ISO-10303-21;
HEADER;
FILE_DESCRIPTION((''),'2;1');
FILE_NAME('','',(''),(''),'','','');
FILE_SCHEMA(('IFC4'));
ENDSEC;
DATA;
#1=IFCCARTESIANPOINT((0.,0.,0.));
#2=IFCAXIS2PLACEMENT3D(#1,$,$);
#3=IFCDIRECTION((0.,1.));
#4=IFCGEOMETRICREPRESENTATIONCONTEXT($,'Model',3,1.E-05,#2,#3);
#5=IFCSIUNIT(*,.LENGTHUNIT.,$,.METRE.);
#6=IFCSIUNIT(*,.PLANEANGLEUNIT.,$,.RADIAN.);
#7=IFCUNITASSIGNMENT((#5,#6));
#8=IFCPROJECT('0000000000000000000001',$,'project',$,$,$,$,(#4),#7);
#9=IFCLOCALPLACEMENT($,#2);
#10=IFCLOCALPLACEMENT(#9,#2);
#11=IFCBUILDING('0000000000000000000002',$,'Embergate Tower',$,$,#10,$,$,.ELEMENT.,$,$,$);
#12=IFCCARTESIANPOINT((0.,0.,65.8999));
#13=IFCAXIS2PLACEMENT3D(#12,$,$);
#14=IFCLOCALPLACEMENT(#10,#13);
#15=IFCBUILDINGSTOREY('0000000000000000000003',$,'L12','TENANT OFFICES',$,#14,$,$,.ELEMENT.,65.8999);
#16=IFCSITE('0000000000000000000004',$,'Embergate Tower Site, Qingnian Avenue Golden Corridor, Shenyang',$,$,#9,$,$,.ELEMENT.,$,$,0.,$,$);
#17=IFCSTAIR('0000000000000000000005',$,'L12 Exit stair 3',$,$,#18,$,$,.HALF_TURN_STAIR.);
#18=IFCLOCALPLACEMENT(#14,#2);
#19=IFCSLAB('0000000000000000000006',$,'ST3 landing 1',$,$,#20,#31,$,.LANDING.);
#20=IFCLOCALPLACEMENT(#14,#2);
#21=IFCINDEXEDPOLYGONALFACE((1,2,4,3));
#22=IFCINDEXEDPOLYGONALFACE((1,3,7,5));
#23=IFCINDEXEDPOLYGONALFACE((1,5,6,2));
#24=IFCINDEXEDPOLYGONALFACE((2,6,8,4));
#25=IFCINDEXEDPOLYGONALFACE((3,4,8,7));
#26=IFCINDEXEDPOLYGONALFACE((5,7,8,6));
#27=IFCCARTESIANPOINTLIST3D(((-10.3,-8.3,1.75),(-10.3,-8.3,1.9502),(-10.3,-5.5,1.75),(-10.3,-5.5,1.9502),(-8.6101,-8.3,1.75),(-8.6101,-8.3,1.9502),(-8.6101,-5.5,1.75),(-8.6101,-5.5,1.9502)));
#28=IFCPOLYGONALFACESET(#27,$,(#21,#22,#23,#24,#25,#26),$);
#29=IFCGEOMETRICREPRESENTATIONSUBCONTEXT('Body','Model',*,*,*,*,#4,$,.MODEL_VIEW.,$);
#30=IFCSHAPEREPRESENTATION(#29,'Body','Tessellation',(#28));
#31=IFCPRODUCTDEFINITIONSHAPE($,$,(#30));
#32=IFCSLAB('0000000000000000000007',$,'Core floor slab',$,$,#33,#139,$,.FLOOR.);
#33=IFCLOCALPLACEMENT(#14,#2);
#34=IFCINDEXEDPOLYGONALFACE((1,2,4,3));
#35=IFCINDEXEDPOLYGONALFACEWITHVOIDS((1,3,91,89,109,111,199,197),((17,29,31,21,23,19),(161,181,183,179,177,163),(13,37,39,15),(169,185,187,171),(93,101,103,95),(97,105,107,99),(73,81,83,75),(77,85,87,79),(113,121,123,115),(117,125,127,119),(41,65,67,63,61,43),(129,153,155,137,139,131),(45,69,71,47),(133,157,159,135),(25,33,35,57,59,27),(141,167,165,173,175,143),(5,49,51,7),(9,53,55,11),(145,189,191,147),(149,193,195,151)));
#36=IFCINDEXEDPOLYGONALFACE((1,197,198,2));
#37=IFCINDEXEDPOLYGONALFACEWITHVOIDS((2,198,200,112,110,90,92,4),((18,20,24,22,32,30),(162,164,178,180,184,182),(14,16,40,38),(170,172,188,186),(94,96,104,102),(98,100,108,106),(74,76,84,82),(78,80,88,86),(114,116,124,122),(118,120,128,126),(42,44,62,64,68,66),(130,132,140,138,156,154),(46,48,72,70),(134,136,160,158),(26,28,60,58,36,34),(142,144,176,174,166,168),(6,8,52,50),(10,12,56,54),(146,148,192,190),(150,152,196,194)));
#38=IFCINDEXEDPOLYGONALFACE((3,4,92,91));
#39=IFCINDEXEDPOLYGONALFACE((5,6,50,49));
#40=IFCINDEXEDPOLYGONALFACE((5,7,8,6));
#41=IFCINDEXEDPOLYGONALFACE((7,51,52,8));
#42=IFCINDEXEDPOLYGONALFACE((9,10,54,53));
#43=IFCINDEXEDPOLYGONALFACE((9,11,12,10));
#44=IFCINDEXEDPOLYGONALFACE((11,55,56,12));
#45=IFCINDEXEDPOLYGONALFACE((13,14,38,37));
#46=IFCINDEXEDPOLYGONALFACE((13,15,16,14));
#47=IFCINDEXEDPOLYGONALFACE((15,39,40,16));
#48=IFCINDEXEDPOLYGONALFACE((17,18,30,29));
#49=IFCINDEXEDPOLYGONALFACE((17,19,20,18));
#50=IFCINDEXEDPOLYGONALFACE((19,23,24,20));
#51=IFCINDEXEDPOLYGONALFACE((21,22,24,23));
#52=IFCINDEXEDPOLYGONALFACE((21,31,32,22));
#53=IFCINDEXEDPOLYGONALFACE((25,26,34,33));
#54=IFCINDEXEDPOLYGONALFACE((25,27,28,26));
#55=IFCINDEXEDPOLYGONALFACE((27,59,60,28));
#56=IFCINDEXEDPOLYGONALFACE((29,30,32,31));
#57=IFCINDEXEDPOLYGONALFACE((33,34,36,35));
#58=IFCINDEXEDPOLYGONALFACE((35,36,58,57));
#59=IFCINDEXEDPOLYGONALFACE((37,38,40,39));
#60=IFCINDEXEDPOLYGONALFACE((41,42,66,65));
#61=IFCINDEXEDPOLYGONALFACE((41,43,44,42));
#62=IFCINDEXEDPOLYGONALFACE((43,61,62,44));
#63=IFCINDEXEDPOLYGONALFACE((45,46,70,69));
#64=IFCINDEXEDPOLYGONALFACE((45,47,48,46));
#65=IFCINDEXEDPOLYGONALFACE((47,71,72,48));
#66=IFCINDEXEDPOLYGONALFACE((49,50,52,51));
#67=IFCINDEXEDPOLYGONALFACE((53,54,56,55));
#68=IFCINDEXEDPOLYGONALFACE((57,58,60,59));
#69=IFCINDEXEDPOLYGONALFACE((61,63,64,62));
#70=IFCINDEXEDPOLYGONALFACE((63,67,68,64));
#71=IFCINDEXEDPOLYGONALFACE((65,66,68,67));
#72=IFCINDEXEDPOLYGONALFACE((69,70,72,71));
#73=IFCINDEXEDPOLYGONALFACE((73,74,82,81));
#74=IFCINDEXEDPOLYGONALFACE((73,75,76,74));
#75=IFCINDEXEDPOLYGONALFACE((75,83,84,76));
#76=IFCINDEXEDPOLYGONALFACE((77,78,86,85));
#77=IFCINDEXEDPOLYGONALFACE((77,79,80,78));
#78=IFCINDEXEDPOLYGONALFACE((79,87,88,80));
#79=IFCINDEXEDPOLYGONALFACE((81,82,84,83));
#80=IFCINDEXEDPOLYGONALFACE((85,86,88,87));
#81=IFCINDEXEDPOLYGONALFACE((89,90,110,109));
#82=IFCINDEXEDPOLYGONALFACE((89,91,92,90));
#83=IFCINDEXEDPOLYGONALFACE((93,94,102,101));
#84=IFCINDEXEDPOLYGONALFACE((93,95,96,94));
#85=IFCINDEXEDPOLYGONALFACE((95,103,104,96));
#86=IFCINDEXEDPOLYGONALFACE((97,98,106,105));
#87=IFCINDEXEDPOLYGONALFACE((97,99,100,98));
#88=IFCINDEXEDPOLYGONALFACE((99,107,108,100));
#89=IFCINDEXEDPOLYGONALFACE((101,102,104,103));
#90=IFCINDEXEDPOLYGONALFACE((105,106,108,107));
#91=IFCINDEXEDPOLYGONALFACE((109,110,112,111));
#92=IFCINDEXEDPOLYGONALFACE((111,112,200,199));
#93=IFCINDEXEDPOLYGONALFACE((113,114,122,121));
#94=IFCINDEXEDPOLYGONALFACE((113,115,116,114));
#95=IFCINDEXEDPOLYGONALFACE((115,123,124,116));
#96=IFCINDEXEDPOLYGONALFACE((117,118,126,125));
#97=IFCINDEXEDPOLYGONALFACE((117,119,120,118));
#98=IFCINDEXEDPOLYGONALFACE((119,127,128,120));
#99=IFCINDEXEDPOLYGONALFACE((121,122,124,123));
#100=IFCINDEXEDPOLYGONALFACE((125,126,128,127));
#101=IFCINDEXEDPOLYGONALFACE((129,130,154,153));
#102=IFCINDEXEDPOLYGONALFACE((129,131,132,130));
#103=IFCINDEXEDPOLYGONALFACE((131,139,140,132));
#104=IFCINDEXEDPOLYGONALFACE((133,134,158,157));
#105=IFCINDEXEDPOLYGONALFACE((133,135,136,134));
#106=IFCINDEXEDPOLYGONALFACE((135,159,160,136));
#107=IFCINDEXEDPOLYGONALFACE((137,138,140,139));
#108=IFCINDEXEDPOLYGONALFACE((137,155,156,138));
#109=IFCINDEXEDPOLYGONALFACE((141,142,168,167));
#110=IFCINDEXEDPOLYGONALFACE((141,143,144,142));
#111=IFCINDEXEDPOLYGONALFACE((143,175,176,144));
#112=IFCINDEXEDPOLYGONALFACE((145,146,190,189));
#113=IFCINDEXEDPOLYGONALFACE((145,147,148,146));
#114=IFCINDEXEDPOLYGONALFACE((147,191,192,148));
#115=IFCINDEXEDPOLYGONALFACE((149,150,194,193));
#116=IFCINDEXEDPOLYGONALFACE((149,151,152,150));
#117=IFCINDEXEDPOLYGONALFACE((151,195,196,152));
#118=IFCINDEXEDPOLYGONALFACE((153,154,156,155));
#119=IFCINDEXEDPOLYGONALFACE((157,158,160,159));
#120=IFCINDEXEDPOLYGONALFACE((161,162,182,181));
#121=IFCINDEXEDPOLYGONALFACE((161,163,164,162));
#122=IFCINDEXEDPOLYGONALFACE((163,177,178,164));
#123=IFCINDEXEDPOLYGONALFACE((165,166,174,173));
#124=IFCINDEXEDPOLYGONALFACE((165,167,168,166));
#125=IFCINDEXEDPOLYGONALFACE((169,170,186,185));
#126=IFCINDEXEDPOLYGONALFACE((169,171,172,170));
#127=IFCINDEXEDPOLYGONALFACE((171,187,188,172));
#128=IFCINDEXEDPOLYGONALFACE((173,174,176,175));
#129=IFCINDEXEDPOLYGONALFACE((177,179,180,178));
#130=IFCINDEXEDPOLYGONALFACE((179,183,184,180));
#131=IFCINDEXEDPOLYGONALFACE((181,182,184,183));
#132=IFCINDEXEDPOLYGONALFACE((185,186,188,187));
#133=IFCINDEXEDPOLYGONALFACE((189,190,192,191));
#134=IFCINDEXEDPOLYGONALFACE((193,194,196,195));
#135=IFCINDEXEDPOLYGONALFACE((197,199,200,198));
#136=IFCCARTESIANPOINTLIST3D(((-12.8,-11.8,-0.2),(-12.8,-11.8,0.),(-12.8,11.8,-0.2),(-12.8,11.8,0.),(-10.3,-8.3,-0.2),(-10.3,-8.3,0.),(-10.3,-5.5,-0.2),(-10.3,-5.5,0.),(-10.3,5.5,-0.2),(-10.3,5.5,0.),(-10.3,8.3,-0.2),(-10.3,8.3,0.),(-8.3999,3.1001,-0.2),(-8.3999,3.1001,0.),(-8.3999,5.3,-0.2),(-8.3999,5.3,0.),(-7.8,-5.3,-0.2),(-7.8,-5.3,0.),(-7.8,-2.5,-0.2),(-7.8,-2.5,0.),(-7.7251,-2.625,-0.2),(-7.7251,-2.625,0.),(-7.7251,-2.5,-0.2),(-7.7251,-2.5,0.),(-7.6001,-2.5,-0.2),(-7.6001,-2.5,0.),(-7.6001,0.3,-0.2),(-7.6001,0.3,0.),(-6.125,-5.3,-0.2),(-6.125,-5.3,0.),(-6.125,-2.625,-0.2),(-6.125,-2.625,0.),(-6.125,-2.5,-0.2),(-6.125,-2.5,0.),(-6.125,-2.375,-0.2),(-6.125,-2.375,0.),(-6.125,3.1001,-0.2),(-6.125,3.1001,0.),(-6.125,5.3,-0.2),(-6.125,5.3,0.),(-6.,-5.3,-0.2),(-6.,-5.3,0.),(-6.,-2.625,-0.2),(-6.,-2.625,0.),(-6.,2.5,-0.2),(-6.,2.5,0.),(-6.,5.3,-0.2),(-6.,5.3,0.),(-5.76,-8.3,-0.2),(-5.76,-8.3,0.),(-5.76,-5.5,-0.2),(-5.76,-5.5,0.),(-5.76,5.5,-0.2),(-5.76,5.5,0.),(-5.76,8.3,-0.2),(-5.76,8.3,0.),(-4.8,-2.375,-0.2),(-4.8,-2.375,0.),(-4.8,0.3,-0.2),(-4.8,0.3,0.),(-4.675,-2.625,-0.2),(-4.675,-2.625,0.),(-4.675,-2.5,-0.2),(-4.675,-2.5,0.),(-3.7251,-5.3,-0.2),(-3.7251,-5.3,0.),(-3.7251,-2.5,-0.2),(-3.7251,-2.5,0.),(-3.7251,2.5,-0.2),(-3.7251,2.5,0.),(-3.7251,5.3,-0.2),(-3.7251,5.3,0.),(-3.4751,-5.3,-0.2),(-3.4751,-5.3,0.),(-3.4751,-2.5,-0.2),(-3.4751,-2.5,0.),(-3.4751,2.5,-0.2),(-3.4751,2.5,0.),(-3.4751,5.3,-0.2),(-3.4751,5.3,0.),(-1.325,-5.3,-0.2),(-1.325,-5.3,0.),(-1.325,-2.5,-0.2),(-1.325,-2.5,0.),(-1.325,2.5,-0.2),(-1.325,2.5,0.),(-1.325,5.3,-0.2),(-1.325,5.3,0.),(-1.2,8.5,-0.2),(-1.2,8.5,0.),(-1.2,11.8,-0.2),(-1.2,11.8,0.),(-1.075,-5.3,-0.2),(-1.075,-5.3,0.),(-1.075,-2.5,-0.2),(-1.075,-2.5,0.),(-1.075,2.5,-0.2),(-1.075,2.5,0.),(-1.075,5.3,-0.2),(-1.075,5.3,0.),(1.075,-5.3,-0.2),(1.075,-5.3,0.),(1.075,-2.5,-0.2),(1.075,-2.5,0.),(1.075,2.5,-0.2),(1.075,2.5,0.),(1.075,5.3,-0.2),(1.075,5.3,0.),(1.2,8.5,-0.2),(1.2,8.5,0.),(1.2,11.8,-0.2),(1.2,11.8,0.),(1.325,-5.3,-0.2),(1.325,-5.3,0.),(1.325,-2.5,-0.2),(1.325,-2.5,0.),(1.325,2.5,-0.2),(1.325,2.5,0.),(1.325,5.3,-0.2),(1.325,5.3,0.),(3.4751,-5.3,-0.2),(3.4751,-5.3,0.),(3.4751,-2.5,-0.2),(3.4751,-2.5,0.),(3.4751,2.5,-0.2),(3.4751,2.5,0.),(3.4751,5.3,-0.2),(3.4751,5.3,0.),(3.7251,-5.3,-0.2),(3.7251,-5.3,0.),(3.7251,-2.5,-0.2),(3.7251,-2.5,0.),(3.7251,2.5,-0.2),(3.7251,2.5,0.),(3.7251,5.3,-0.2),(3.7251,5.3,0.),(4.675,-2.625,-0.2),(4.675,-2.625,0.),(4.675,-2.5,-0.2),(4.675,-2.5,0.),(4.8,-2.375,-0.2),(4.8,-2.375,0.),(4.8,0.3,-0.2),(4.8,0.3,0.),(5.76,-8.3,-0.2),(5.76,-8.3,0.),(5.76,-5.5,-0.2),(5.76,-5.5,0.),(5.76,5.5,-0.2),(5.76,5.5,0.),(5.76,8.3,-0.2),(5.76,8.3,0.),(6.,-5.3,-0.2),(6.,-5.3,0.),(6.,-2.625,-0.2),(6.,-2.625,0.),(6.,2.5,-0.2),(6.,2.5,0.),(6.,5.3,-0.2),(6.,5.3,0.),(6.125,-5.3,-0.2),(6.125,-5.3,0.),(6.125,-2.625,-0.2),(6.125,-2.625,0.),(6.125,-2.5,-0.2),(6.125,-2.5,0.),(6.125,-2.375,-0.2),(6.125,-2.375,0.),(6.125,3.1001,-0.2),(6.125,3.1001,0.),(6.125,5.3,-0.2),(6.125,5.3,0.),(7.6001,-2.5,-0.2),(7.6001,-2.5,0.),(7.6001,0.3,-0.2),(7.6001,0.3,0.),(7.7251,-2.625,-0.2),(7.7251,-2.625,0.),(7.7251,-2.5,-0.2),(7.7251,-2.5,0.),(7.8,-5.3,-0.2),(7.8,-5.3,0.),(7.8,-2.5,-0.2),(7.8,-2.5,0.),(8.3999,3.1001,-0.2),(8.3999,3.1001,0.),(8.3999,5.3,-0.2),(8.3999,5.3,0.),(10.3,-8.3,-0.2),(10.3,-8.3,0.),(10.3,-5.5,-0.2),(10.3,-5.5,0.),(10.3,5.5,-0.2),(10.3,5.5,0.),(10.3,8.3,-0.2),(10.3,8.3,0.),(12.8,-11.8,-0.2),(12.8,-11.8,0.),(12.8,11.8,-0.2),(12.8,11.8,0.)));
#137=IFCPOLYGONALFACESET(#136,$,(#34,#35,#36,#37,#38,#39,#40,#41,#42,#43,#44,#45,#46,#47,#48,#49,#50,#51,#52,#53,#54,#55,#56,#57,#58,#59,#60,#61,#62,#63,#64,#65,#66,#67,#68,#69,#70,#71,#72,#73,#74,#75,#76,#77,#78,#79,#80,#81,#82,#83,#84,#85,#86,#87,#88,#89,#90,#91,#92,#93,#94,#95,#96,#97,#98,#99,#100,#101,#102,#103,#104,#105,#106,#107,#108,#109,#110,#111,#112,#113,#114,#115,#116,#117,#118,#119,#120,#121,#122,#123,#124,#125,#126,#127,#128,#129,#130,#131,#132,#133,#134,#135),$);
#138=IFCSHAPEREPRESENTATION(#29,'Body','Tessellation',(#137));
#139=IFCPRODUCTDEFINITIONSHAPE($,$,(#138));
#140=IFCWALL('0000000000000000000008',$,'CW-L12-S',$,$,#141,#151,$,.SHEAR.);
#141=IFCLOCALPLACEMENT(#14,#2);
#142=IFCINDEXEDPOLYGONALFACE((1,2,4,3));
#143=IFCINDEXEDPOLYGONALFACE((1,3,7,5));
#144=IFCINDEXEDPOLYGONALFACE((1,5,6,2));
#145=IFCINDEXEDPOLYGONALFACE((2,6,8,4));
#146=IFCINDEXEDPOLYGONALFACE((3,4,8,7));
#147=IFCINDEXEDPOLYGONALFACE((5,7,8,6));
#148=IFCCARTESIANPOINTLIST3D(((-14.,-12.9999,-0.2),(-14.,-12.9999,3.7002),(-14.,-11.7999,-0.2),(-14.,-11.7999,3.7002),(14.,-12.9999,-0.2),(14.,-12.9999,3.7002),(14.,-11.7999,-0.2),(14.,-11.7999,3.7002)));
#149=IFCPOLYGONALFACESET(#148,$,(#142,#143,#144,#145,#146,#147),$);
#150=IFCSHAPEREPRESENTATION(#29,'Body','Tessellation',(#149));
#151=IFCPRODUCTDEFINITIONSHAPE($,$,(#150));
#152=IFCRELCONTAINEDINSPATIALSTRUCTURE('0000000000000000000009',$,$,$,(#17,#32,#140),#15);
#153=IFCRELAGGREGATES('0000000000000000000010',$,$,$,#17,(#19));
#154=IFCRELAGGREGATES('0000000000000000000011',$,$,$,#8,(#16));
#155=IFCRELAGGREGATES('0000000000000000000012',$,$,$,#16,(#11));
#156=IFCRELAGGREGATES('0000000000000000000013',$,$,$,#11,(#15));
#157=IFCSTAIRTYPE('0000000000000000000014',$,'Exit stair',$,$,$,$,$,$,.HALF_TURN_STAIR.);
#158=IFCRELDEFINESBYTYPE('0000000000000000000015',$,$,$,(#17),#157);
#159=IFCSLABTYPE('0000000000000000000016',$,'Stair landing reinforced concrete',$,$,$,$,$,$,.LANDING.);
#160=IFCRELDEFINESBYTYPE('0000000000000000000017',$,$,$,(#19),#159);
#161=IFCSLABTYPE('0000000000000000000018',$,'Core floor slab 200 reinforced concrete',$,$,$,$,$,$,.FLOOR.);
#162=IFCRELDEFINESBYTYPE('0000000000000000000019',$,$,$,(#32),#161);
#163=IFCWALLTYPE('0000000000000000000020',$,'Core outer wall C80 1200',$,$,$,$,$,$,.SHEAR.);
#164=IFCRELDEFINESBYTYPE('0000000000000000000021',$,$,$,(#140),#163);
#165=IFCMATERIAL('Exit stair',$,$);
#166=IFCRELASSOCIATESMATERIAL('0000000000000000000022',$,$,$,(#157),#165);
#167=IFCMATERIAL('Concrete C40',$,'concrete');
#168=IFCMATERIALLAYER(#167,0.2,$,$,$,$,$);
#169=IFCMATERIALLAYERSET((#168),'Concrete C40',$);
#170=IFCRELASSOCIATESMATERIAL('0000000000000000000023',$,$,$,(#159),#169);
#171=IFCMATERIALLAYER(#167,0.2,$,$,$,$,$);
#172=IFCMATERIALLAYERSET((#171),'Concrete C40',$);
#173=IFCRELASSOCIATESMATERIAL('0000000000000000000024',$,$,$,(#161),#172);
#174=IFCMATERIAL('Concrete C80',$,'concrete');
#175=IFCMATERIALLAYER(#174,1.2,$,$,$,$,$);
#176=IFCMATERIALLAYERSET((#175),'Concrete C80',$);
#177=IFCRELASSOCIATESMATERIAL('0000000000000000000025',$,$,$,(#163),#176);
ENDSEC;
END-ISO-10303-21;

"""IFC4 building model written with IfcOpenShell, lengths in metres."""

from ifc_helpers import new_model, si_unit, direction, frame, frame_2d, origin, place, context, subcontext, project, spatial, polyline, rectangle, outline, extrude, source, transform, mapped, material, layer, layer_set, type_object, element, aggregate, save


model = new_model("IFC4")

# Units and contexts
model_context = context("Model", 3, precision=1e-05, world=origin(), true_north=direction((0.0, 1.0)))
body_context = subcontext(model_context, "Body", "Model", "MODEL_VIEW")
ifc_project = project(units=[si_unit("LENGTHUNIT", "METRE"), si_unit("PLANEANGLEUNIT", "RADIAN")], contexts=[model_context])

# Site, building, storey
site_placement = place(None, origin())
site = spatial("IfcSite", under=ifc_project, at=site_placement, Name="Embergate Tower Site, Qingnian Avenue Golden Corridor, Shenyang", CompositionType="ELEMENT", RefElevation=0.0)
building_placement = place(site_placement, origin())
building = spatial("IfcBuilding", under=site, at=building_placement, Name="Embergate Tower", CompositionType="ELEMENT")
storey_placement = place(building_placement, frame((0.0, 0.0, 65.8999)))
storey = spatial("IfcBuildingStorey", under=building, at=storey_placement, Name="L12", Description="TENANT OFFICES", CompositionType="ELEMENT", Elevation=65.8999)

# Stair, slab
ifc_material_1 = material(Name="Exit stair")
stair_type = type_object("IfcStairType", Name="Exit stair", PredefinedType="HALF_TURN_STAIR", material=ifc_material_1)
stair_placement = place(storey_placement, origin())
stair = element("IfcStair", 1, at=stair_placement, inside=storey, type_object=stair_type, Name="L12 Exit stair 3", PredefinedType="HALF_TURN_STAIR")
ifc_material_2 = material(Name="Concrete C40", Category="concrete")
ifc_layer_1 = layer(ifc_material_2, 0.2)
ifc_layer_set_1 = layer_set([ifc_layer_1], Name="Concrete C40")
slab_type_1 = type_object("IfcSlabType", Name="Stair landing reinforced concrete", PredefinedType="LANDING", material=ifc_layer_set_1)
shared_shape_1 = source(origin(), body_context, "Body", "SweptSolid", [
    extrude(outline(polyline([(0.0, 0.0), (1.6899, 0.0), (1.6899, 2.8), (0.0, 2.8), (0.0, 0.0)])), origin(), (0.0, 0.0, 1.0), 0.2002),
])
slab_1_placement = place(storey_placement, frame((-10.3, -8.3, 1.75)))
slab_1 = element("IfcSlab", 2, at=slab_1_placement, type_object=slab_type_1, Name="ST3 landing 1", PredefinedType="LANDING", context=body_context, shape_type="MappedRepresentation", body=[
    mapped(shared_shape_1, transform((0.0, 0.0, 0.0))),
])

# Slab
ifc_layer_2 = layer(ifc_material_2, 0.2)
ifc_layer_set_2 = layer_set([ifc_layer_2], Name="Concrete C40")
slab_type_2 = type_object("IfcSlabType", Name="Core floor slab 200 reinforced concrete", PredefinedType="FLOOR", material=ifc_layer_set_2)
shared_shape_2 = source(origin(), body_context, "Body", "SweptSolid", [
    extrude(outline(polyline([(0.0, 0.0), (25.6001, 0.0), (25.6001, 23.6001), (14.0, 23.6001), (14.0, 20.3), (11.6001, 20.3), (11.6001, 23.6001), (0.0, 23.6001), (0.0, 0.0)]), holes=[polyline([(2.5, 3.5), (2.5, 6.3), (7.04, 6.3), (7.04, 3.5), (2.5, 3.5)]), polyline([(18.5601, 3.5), (18.5601, 6.3), (23.1001, 6.3), (23.1001, 3.5), (18.5601, 3.5)]), polyline([(5.0, 6.5), (5.0, 9.3), (5.075, 9.3), (5.075, 9.175), (6.675, 9.175), (6.675, 6.5), (5.0, 6.5)]), polyline([(6.8, 6.5), (6.8, 9.175), (8.125, 9.175), (8.125, 9.3), (9.075, 9.3), (9.075, 6.5), (6.8, 6.5)]), polyline([(9.325, 6.5), (9.325, 9.3), (11.4751, 9.3), (11.4751, 6.5), (9.325, 6.5)]), polyline([(11.7251, 6.5), (11.7251, 9.3), (13.875, 9.3), (13.875, 6.5), (11.7251, 6.5)]), polyline([(14.125, 6.5), (14.125, 9.3), (16.2751, 9.3), (16.2751, 6.5), (14.125, 6.5)]), polyline([(16.5251, 6.5), (16.5251, 9.3), (17.4751, 9.3), (17.4751, 9.175), (18.8, 9.175), (18.8, 6.5), (16.5251, 6.5)]), polyline([(18.925, 6.5), (18.925, 9.175), (20.5251, 9.175), (20.5251, 9.3), (20.6001, 9.3), (20.6001, 6.5), (18.925, 6.5)]), polyline([(5.2, 9.3), (5.2, 12.1001), (8.0, 12.1001), (8.0, 9.425), (6.675, 9.425), (6.675, 9.3), (5.2, 9.3)]), polyline([(18.925, 9.3), (18.925, 9.425), (17.6001, 9.425), (17.6001, 12.1001), (20.4001, 12.1001), (20.4001, 9.3), (18.925, 9.3)]), polyline([(6.8, 14.3), (6.8, 17.1001), (9.075, 17.1001), (9.075, 14.3), (6.8, 14.3)]), polyline([(9.325, 14.3), (9.325, 17.1001), (11.4751, 17.1001), (11.4751, 14.3), (9.325, 14.3)]), polyline([(11.7251, 14.3), (11.7251, 17.1001), (13.875, 17.1001), (13.875, 14.3), (11.7251, 14.3)]), polyline([(14.125, 14.3), (14.125, 17.1001), (16.2751, 17.1001), (16.2751, 14.3), (14.125, 14.3)]), polyline([(16.5251, 14.3), (16.5251, 17.1001), (18.8, 17.1001), (18.8, 14.3), (16.5251, 14.3)]), polyline([(4.4001, 14.9001), (4.4001, 17.1001), (6.675, 17.1001), (6.675, 14.9001), (4.4001, 14.9001)]), polyline([(18.925, 14.9001), (18.925, 17.1001), (21.2, 17.1001), (21.2, 14.9001), (18.925, 14.9001)]), polyline([(2.5, 17.3), (2.5, 20.1001), (7.04, 20.1001), (7.04, 17.3), (2.5, 17.3)]), polyline([(18.5601, 17.3), (18.5601, 20.1001), (23.1001, 20.1001), (23.1001, 17.3), (18.5601, 17.3)])]), origin(), (0.0, 0.0, 1.0), 0.2),
])
slab_2_placement = place(storey_placement, frame((-12.8, -11.8, -0.2)))
element("IfcSlab", 3, at=slab_2_placement, inside=storey, type_object=slab_type_2, Name="Core floor slab", PredefinedType="FLOOR", context=body_context, shape_type="MappedRepresentation", body=[
    mapped(shared_shape_2, transform((0.0, 0.0, 0.0))),
])

# Wall
ifc_material_3 = material(Name="Concrete C80", Category="concrete")
ifc_layer_3 = layer(ifc_material_3, 1.2)
ifc_layer_set_3 = layer_set([ifc_layer_3], Name="Concrete C80")
wall_type_1 = type_object("IfcWallType", Name="Core outer wall C80 1200", PredefinedType="SHEAR", material=ifc_layer_set_3)
shared_shape_3 = source(origin(), body_context, "Body", "SweptSolid", [
    extrude(rectangle(XDim=28.0, YDim=1.2, at=frame_2d((14.0, 0.0))), origin(), (0.0, 0.0, 1.0), 3.9001),
])
wall_1_placement = place(storey_placement, frame((-14.0, -12.3999, -0.2), z_axis=(0.0, 0.0, 1.0), x_axis=(1.0, 0.0, 0.0)))
element("IfcWall", 4, at=wall_1_placement, inside=storey, type_object=wall_type_1, Name="CW-L12-S", PredefinedType="SHEAR", context=body_context, shape_type="MappedRepresentation", body=[
    mapped(shared_shape_3, transform((0.0, 0.0, 0.0))),
])

aggregate(stair, [slab_1])

save(model, "model.ifc")
